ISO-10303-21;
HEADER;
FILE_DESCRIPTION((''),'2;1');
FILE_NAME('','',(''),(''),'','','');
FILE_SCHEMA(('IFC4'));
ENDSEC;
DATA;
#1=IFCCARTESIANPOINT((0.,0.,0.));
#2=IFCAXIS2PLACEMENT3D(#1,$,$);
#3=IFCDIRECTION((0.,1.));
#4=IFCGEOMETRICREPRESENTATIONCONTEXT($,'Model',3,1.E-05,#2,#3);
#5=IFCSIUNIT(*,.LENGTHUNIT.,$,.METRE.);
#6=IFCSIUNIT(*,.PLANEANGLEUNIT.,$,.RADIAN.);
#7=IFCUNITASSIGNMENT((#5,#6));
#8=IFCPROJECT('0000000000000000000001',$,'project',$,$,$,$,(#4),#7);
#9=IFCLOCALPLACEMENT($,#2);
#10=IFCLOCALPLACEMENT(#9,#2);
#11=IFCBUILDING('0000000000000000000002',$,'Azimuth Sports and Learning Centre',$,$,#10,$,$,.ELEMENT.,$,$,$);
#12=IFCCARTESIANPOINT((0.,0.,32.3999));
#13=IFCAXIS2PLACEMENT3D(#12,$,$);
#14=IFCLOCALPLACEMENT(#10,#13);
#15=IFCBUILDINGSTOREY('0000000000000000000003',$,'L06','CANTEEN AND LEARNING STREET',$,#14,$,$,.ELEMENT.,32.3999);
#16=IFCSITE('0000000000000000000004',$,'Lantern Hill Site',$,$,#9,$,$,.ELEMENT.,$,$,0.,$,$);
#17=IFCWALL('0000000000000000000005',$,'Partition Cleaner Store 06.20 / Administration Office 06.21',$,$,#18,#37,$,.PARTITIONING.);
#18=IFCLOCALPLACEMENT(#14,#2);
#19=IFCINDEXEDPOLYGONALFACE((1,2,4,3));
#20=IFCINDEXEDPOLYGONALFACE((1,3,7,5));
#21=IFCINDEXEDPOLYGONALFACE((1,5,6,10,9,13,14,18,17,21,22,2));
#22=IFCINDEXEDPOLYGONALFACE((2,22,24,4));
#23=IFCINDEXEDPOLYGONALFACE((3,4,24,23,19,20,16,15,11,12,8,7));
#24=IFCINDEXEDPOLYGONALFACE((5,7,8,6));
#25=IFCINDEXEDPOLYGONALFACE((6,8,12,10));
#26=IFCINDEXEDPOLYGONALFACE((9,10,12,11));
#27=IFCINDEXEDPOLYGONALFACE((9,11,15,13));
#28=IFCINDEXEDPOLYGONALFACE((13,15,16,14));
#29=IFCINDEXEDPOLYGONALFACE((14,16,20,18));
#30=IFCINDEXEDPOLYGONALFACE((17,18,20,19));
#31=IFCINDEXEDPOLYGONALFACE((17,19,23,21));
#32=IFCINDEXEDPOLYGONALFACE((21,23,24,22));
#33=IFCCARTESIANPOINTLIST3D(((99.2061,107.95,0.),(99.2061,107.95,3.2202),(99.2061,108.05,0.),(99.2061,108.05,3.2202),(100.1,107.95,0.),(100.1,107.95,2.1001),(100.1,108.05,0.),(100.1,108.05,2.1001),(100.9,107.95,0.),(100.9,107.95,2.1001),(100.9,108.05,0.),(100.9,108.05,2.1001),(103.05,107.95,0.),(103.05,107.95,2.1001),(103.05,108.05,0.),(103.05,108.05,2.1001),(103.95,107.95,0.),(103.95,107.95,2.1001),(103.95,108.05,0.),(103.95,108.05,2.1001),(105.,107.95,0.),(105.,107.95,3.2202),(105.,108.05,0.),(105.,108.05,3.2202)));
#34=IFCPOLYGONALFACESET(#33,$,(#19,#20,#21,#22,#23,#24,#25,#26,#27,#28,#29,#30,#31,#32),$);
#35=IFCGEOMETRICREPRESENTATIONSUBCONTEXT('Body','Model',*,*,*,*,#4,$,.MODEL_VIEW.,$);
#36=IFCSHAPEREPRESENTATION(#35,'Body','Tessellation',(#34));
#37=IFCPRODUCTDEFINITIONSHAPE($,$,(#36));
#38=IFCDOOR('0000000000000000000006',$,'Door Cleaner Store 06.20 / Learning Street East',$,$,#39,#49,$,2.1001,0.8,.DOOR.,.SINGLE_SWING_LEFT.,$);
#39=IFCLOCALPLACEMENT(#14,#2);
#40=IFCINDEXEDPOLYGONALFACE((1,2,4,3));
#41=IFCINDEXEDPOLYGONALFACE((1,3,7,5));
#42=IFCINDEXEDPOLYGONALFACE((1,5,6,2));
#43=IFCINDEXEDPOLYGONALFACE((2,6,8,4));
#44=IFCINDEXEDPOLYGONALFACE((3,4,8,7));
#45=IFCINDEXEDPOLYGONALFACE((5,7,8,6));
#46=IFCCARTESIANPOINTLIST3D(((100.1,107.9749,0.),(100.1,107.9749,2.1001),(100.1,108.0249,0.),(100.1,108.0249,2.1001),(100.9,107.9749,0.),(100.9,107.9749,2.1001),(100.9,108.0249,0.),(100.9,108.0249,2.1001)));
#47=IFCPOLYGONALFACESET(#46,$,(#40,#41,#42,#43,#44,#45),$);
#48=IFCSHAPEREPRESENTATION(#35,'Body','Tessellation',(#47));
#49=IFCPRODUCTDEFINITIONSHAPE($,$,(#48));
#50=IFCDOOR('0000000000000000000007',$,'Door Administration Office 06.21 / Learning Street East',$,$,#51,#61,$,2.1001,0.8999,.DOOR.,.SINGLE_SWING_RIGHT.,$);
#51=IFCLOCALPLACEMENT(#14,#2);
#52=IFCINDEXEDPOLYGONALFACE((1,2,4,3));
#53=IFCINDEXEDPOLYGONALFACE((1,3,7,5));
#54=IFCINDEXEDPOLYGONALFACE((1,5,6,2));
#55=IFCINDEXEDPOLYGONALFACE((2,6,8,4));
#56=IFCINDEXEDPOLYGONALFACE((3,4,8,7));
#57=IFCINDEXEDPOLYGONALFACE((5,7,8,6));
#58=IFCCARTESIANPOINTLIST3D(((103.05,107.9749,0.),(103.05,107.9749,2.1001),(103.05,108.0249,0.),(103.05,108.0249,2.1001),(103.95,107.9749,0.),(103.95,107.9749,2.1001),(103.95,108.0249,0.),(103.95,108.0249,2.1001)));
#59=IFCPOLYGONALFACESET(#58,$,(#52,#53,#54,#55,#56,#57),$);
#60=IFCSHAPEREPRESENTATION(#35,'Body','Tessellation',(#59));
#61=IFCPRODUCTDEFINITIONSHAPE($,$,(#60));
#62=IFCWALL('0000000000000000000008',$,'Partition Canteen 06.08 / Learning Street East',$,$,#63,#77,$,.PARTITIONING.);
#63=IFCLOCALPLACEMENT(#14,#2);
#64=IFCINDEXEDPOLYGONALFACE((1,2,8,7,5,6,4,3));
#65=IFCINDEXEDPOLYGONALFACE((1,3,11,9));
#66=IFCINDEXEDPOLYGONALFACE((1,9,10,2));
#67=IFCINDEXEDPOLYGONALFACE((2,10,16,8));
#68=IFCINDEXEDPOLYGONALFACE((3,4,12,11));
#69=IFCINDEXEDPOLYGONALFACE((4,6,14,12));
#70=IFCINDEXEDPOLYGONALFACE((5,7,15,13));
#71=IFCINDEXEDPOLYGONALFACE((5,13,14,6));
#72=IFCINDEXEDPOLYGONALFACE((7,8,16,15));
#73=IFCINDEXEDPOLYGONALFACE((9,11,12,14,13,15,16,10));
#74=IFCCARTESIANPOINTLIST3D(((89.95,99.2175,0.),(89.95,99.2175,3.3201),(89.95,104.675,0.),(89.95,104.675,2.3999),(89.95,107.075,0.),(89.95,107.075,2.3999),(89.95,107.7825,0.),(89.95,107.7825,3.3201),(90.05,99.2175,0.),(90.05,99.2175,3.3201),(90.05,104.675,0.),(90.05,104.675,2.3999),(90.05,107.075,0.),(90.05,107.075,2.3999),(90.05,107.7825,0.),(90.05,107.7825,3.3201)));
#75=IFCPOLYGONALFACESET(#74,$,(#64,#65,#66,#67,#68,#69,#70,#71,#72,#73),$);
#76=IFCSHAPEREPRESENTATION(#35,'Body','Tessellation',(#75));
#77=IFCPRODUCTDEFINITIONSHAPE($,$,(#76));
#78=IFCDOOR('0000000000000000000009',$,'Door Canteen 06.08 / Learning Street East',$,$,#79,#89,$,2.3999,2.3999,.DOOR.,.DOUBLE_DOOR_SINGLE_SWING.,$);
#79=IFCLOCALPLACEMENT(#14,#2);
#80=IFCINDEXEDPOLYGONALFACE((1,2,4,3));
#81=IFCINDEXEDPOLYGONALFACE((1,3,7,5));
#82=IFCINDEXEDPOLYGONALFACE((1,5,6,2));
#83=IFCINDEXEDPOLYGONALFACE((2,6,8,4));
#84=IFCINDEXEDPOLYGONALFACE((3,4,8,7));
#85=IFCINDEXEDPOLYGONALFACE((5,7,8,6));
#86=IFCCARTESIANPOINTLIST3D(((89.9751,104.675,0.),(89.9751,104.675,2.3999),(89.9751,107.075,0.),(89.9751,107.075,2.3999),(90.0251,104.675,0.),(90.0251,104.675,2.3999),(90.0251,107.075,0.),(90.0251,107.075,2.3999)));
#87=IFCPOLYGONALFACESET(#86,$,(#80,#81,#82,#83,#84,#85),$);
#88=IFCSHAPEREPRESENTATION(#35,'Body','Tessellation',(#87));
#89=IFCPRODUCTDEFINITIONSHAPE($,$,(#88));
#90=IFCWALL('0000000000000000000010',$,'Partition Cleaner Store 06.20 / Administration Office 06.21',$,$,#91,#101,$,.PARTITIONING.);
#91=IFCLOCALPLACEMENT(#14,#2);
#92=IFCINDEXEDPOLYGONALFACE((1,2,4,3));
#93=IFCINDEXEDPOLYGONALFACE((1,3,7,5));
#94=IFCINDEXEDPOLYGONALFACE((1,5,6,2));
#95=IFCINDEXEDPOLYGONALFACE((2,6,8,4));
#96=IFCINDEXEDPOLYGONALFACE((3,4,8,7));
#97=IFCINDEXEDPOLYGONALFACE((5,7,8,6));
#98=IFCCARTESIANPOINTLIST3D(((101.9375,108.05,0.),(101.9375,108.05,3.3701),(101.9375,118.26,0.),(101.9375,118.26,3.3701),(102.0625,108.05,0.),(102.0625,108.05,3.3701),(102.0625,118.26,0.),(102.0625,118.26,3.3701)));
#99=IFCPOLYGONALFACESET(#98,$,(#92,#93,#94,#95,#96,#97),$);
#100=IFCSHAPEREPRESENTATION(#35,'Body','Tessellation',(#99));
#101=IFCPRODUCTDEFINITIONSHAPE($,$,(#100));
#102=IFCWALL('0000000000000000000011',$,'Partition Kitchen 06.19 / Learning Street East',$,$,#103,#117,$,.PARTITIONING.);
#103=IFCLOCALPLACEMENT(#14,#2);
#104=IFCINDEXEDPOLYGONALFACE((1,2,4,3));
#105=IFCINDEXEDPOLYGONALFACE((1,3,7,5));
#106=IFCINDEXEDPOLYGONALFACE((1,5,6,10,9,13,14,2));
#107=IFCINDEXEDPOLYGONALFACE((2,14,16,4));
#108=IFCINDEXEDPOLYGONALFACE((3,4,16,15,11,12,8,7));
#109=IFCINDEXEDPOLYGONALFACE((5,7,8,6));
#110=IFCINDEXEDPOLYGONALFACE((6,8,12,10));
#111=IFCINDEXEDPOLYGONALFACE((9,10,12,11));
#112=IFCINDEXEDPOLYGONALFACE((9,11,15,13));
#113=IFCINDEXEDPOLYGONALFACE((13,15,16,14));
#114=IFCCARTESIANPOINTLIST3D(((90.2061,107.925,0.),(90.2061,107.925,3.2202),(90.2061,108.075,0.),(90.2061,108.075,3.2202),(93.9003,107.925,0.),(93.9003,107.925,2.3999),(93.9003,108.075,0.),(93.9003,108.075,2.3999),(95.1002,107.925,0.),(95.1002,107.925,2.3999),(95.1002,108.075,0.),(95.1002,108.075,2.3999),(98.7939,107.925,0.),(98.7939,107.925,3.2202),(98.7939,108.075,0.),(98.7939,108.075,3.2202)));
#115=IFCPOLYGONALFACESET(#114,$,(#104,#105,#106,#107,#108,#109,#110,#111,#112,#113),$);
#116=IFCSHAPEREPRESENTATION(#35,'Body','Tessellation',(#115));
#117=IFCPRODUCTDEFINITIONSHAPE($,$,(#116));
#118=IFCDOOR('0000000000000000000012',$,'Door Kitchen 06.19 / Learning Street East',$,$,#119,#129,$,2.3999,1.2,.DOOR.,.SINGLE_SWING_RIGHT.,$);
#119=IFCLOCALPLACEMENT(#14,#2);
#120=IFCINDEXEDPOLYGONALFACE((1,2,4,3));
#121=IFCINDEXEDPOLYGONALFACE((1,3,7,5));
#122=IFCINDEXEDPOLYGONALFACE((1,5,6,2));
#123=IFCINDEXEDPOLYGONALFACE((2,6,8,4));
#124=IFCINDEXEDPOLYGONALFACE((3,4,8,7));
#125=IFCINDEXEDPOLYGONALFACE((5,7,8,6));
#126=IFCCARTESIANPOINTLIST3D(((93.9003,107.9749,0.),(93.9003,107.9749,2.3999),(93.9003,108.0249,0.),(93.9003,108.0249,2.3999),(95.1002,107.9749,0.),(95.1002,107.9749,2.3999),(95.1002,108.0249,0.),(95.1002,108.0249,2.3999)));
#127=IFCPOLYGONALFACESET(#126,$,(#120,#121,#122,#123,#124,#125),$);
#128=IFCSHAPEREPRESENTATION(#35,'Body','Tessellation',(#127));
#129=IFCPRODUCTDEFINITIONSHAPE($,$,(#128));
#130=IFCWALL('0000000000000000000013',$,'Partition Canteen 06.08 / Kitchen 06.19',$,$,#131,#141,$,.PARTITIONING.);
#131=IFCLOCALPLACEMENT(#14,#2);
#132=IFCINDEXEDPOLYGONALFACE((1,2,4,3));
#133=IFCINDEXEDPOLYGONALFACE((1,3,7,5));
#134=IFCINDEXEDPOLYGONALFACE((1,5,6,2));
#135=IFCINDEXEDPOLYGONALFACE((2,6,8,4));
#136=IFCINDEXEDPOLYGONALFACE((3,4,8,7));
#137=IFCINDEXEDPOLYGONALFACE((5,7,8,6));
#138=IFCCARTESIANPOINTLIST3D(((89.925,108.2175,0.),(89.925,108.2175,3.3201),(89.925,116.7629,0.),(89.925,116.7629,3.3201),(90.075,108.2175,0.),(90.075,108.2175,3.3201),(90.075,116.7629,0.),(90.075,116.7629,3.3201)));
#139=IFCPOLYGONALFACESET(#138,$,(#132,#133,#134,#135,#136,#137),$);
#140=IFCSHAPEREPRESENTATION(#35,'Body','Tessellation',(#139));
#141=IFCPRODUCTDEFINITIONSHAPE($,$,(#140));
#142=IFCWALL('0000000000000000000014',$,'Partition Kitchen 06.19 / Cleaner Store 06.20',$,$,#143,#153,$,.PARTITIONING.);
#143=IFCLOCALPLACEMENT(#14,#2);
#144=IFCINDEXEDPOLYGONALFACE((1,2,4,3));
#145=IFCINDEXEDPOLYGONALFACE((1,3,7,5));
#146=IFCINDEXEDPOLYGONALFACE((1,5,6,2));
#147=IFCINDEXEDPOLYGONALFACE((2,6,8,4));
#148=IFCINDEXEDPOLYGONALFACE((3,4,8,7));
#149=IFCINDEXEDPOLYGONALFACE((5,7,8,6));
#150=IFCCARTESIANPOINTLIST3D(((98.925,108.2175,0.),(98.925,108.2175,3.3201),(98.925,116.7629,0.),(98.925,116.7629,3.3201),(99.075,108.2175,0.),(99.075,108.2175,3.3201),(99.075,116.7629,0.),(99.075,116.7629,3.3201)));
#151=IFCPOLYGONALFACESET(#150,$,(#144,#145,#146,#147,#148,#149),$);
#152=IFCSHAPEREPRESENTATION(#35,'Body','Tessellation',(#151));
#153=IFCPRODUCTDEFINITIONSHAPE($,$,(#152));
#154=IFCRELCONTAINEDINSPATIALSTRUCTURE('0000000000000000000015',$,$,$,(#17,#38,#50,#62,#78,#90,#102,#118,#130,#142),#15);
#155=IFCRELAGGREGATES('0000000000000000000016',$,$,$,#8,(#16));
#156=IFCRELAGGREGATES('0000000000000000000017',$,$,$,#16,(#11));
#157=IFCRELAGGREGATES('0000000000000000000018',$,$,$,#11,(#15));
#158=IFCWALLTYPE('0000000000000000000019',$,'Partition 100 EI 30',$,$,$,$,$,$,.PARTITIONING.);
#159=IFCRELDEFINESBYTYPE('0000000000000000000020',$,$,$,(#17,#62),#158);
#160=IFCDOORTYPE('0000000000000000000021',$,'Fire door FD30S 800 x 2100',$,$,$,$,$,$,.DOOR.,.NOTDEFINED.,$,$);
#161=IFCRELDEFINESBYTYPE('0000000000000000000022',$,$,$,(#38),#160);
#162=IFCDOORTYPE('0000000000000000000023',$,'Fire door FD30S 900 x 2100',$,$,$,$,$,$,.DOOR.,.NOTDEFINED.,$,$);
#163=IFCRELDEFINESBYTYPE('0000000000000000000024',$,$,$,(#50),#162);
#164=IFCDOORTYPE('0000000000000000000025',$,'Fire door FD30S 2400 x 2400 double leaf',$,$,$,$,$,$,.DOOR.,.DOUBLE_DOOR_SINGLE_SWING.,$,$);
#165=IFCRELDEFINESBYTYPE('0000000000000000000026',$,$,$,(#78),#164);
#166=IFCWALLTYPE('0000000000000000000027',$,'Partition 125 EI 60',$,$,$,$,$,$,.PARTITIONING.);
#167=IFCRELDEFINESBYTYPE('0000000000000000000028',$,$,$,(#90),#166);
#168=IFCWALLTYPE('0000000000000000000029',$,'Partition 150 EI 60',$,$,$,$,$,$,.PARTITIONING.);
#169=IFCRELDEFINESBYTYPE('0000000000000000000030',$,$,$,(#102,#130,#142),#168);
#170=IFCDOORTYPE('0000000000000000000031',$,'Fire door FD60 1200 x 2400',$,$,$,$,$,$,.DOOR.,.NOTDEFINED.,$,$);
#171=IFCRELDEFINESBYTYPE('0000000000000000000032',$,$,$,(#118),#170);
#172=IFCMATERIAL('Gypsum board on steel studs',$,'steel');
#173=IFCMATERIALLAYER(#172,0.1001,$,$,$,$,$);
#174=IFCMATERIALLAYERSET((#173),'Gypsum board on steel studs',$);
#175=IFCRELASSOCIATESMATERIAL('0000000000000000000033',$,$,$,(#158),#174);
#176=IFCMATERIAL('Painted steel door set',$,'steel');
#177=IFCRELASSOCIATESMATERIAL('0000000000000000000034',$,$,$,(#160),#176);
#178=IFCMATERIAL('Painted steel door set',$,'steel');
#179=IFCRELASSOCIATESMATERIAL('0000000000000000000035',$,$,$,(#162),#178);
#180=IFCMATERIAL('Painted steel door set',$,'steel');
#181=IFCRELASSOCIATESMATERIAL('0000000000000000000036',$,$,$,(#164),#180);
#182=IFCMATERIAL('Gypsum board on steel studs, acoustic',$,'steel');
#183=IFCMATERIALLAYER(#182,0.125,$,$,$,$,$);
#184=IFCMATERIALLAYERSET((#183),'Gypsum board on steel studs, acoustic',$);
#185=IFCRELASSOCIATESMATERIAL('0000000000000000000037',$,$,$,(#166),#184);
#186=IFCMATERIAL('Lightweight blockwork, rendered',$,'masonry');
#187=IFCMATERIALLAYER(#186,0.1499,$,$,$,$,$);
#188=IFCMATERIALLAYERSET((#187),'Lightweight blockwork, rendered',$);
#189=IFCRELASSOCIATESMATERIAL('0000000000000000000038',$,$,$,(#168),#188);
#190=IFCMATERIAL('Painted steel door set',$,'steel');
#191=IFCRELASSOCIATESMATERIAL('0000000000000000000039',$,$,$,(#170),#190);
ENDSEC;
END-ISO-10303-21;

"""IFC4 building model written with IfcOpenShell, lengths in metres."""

from ifc_helpers import new_model, si_unit, direction, frame, frame_2d, origin, place, context, subcontext, project, spatial, rectangle, extrude, material, layer, layer_set, type_object, element, fill, save


model = new_model("IFC4")

# Units and contexts
model_context = context("Model", 3, precision=1e-05, world=origin(), true_north=direction((0.0, 1.0)))
body_context = subcontext(model_context, "Body", "Model", "MODEL_VIEW")
ifc_project = project(units=[si_unit("LENGTHUNIT", "METRE"), si_unit("PLANEANGLEUNIT", "RADIAN")], contexts=[model_context])

# Site, building, storey
site_placement = place(None, origin())
site = spatial("IfcSite", under=ifc_project, at=site_placement, Name="Lantern Hill Site", CompositionType="ELEMENT", RefElevation=0.0)
building_placement = place(site_placement, origin())
building = spatial("IfcBuilding", under=site, at=building_placement, Name="Azimuth Sports and Learning Centre", CompositionType="ELEMENT")
storey_placement = place(building_placement, frame((0.0, 0.0, 32.3999)))
storey = spatial("IfcBuildingStorey", under=building, at=storey_placement, Name="L06", Description="CANTEEN AND LEARNING STREET", CompositionType="ELEMENT", Elevation=32.3999)

# Wall, openings, doors
ifc_material_1 = material(Name="Gypsum board on steel studs", Category="steel")
ifc_layer_1 = layer(ifc_material_1, 0.1001)
ifc_layer_set_1 = layer_set([ifc_layer_1], Name="Gypsum board on steel studs")
wall_type_1 = type_object("IfcWallType", Name="Partition 100 EI 30", PredefinedType="PARTITIONING", material=ifc_layer_set_1)
wall_1_placement = place(storey_placement, frame((99.2061, 108.0, 0.0), z_axis=(0.0, 0.0, 1.0), x_axis=(1.0, 0.0, 0.0)))
wall_1 = element("IfcWall", 1, at=wall_1_placement, inside=storey, type_object=wall_type_1, Name="Partition Cleaner Store 06.20 / Administration Office 06.21", PredefinedType="PARTITIONING", context=body_context, shape_type="SweptSolid", body=[
    extrude(rectangle(XDim=5.7939, YDim=0.1001, at=frame_2d((2.897, 0.0))), origin(), (0.0, 0.0, 1.0), 3.2202),
])
opening_1_placement = place(wall_1_placement, frame((0.894, 0.0, 0.0)))
opening_1 = element("IfcOpeningElement", 2, at=opening_1_placement, cuts=wall_1, PredefinedType="OPENING", context=body_context, shape_type="SweptSolid", body=[
    extrude(rectangle(XDim=0.8, YDim=2.1001, at=frame_2d((0.3999, 1.05))), frame((0.0, 0.061, 0.0), z_axis=(0.0, -1.0, 0.0), x_axis=(1.0, 0.0, 0.0)), (0.0, 0.0, 1.0), 0.1221),
])
opening_2_placement = place(wall_1_placement, frame((3.844, 0.0, 0.0)))
opening_2 = element("IfcOpeningElement", 3, at=opening_2_placement, cuts=wall_1, PredefinedType="OPENING", context=body_context, shape_type="SweptSolid", body=[
    extrude(rectangle(XDim=0.8999, YDim=2.1001, at=frame_2d((0.45, 1.05))), frame((0.0, 0.061, 0.0), z_axis=(0.0, -1.0, 0.0), x_axis=(1.0, 0.0, 0.0)), (0.0, 0.0, 1.0), 0.1221),
])
ifc_material_2 = material(Name="Painted steel door set", Category="steel")
door_type_1 = type_object("IfcDoorType", Name="Fire door FD30S 800 x 2100", OperationType="NOTDEFINED", PredefinedType="DOOR", material=ifc_material_2)
door_1_placement = place(opening_1_placement, origin())
door_1 = element("IfcDoor", 4, at=door_1_placement, inside=storey, type_object=door_type_1, Name="Door Cleaner Store 06.20 / Learning Street East", OperationType="SINGLE_SWING_LEFT", OverallHeight=2.1001, OverallWidth=0.8, PredefinedType="DOOR", context=body_context, shape_type="SweptSolid", body=[
    extrude(rectangle(XDim=0.8, YDim=2.1001, at=frame_2d((0.3999, 1.05))), frame((0.0, 0.0249, 0.0), z_axis=(0.0, -1.0, 0.0), x_axis=(1.0, 0.0, 0.0)), (0.0, 0.0, 1.0), 0.05),
])
fill(opening_1, door_1)
ifc_material_3 = material(Name="Painted steel door set", Category="steel")
door_type_2 = type_object("IfcDoorType", Name="Fire door FD30S 900 x 2100", OperationType="NOTDEFINED", PredefinedType="DOOR", material=ifc_material_3)
door_2_placement = place(opening_2_placement, origin())
door_2 = element("IfcDoor", 5, at=door_2_placement, inside=storey, type_object=door_type_2, Name="Door Administration Office 06.21 / Learning Street East", OperationType="SINGLE_SWING_RIGHT", OverallHeight=2.1001, OverallWidth=0.8999, PredefinedType="DOOR", context=body_context, shape_type="SweptSolid", body=[
    extrude(rectangle(XDim=0.8999, YDim=2.1001, at=frame_2d((0.45, 1.05))), frame((0.0, 0.0249, 0.0), z_axis=(0.0, -1.0, 0.0), x_axis=(1.0, 0.0, 0.0)), (0.0, 0.0, 1.0), 0.05),
])
fill(opening_2, door_2)

# Wall, opening, door
wall_2_placement = place(storey_placement, frame((90.0, 99.2175, 0.0), z_axis=(0.0, 0.0, 1.0), x_axis=(0.0, 1.0, 0.0)))
wall_2 = element("IfcWall", 6, at=wall_2_placement, inside=storey, type_object=wall_type_1, Name="Partition Canteen 06.08 / Learning Street East", PredefinedType="PARTITIONING", context=body_context, shape_type="SweptSolid", body=[
    extrude(rectangle(XDim=8.5649, YDim=0.1001, at=frame_2d((4.2825, 0.0))), origin(), (0.0, 0.0, 1.0), 3.3201),
])
opening_3_placement = place(wall_2_placement, frame((5.4575, 0.0, 0.0)))
opening_3 = element("IfcOpeningElement", 7, at=opening_3_placement, cuts=wall_2, PredefinedType="OPENING", context=body_context, shape_type="SweptSolid", body=[
    extrude(rectangle(XDim=2.3999, YDim=2.3999, at=frame_2d((1.2, 1.2))), frame((0.0, 0.061, 0.0), z_axis=(0.0, -1.0, 0.0), x_axis=(1.0, 0.0, 0.0)), (0.0, 0.0, 1.0), 0.1221),
])
ifc_material_4 = material(Name="Painted steel door set", Category="steel")
door_type_3 = type_object("IfcDoorType", Name="Fire door FD30S 2400 x 2400 double leaf", OperationType="DOUBLE_DOOR_SINGLE_SWING", PredefinedType="DOOR", material=ifc_material_4)
door_3_placement = place(opening_3_placement, origin())
door_3 = element("IfcDoor", 8, at=door_3_placement, inside=storey, type_object=door_type_3, Name="Door Canteen 06.08 / Learning Street East", OperationType="DOUBLE_DOOR_SINGLE_SWING", OverallHeight=2.3999, OverallWidth=2.3999, PredefinedType="DOOR", context=body_context, shape_type="SweptSolid", body=[
    extrude(rectangle(XDim=2.3999, YDim=2.3999, at=frame_2d((1.2, 1.2))), frame((0.0, 0.0249, 0.0), z_axis=(0.0, -1.0, 0.0), x_axis=(1.0, 0.0, 0.0)), (0.0, 0.0, 1.0), 0.05),
])
fill(opening_3, door_3)

# Wall
ifc_material_5 = material(Name="Gypsum board on steel studs, acoustic", Category="steel")
ifc_layer_2 = layer(ifc_material_5, 0.125)
ifc_layer_set_2 = layer_set([ifc_layer_2], Name="Gypsum board on steel studs, acoustic")
wall_type_2 = type_object("IfcWallType", Name="Partition 125 EI 60", PredefinedType="PARTITIONING", material=ifc_layer_set_2)
wall_3_placement = place(storey_placement, frame((102.0, 108.05, 0.0), z_axis=(0.0, 0.0, 1.0), x_axis=(0.0, 1.0, 0.0)))
element("IfcWall", 9, at=wall_3_placement, inside=storey, type_object=wall_type_2, Name="Partition Cleaner Store 06.20 / Administration Office 06.21", PredefinedType="PARTITIONING", context=body_context, shape_type="SweptSolid", body=[
    extrude(rectangle(XDim=10.21, YDim=0.125, at=frame_2d((5.105, 0.0))), origin(), (0.0, 0.0, 1.0), 3.3701),
])

# Wall, opening, door
ifc_material_6 = material(Name="Lightweight blockwork, rendered", Category="masonry")
ifc_layer_3 = layer(ifc_material_6, 0.1499)
ifc_layer_set_3 = layer_set([ifc_layer_3], Name="Lightweight blockwork, rendered")
wall_type_3 = type_object("IfcWallType", Name="Partition 150 EI 60", PredefinedType="PARTITIONING", material=ifc_layer_set_3)
wall_4_placement = place(storey_placement, frame((90.2061, 108.0, 0.0), z_axis=(0.0, 0.0, 1.0), x_axis=(1.0, 0.0, 0.0)))
wall_4 = element("IfcWall", 10, at=wall_4_placement, inside=storey, type_object=wall_type_3, Name="Partition Kitchen 06.19 / Learning Street East", PredefinedType="PARTITIONING", context=body_context, shape_type="SweptSolid", body=[
    extrude(rectangle(XDim=8.5879, YDim=0.1499, at=frame_2d((4.2939, 0.0))), origin(), (0.0, 0.0, 1.0), 3.2202),
])
opening_4_placement = place(wall_4_placement, frame((3.6941, 0.0, 0.0)))
opening_4 = element("IfcOpeningElement", 11, at=opening_4_placement, cuts=wall_4, PredefinedType="OPENING", context=body_context, shape_type="SweptSolid", body=[
    extrude(rectangle(XDim=1.2, YDim=2.3999, at=frame_2d((0.6001, 1.2))), frame((0.0, 0.0859, 0.0), z_axis=(0.0, -1.0, 0.0), x_axis=(1.0, 0.0, 0.0)), (0.0, 0.0, 1.0), 0.1719),
])
ifc_material_7 = material(Name="Painted steel door set", Category="steel")
door_type_4 = type_object("IfcDoorType", Name="Fire door FD60 1200 x 2400", OperationType="NOTDEFINED", PredefinedType="DOOR", material=ifc_material_7)
door_4_placement = place(opening_4_placement, origin())
door_4 = element("IfcDoor", 12, at=door_4_placement, inside=storey, type_object=door_type_4, Name="Door Kitchen 06.19 / Learning Street East", OperationType="SINGLE_SWING_RIGHT", OverallHeight=2.3999, OverallWidth=1.2, PredefinedType="DOOR", context=body_context, shape_type="SweptSolid", body=[
    extrude(rectangle(XDim=1.2, YDim=2.3999, at=frame_2d((0.6001, 1.2))), frame((0.0, 0.0249, 0.0), z_axis=(0.0, -1.0, 0.0), x_axis=(1.0, 0.0, 0.0)), (0.0, 0.0, 1.0), 0.05),
])
fill(opening_4, door_4)

# Walls
for number, where, z_axis, x_axis, name in (
    (13, (90.0, 108.2175, 0.0), (0.0, 0.0, 1.0), (0.0, 1.0, 0.0), "Partition Canteen 06.08 / Kitchen 06.19"),
    (14, (99.0, 108.2175, 0.0), (0.0, 0.0, 1.0), (0.0, 1.0, 0.0), "Partition Kitchen 06.19 / Cleaner Store 06.20"),
):
    element("IfcWall", number, at=place(storey_placement, frame(where, z_axis=z_axis, x_axis=x_axis)), inside=storey, type_object=wall_type_3, Name=name, PredefinedType="PARTITIONING", context=body_context, shape_type="SweptSolid", body=[
        extrude(rectangle(XDim=8.5454, YDim=0.1499, at=frame_2d((4.2727, 0.0))), origin(), (0.0, 0.0, 1.0), 3.3201),
    ])

save(model, "model.ifc")
